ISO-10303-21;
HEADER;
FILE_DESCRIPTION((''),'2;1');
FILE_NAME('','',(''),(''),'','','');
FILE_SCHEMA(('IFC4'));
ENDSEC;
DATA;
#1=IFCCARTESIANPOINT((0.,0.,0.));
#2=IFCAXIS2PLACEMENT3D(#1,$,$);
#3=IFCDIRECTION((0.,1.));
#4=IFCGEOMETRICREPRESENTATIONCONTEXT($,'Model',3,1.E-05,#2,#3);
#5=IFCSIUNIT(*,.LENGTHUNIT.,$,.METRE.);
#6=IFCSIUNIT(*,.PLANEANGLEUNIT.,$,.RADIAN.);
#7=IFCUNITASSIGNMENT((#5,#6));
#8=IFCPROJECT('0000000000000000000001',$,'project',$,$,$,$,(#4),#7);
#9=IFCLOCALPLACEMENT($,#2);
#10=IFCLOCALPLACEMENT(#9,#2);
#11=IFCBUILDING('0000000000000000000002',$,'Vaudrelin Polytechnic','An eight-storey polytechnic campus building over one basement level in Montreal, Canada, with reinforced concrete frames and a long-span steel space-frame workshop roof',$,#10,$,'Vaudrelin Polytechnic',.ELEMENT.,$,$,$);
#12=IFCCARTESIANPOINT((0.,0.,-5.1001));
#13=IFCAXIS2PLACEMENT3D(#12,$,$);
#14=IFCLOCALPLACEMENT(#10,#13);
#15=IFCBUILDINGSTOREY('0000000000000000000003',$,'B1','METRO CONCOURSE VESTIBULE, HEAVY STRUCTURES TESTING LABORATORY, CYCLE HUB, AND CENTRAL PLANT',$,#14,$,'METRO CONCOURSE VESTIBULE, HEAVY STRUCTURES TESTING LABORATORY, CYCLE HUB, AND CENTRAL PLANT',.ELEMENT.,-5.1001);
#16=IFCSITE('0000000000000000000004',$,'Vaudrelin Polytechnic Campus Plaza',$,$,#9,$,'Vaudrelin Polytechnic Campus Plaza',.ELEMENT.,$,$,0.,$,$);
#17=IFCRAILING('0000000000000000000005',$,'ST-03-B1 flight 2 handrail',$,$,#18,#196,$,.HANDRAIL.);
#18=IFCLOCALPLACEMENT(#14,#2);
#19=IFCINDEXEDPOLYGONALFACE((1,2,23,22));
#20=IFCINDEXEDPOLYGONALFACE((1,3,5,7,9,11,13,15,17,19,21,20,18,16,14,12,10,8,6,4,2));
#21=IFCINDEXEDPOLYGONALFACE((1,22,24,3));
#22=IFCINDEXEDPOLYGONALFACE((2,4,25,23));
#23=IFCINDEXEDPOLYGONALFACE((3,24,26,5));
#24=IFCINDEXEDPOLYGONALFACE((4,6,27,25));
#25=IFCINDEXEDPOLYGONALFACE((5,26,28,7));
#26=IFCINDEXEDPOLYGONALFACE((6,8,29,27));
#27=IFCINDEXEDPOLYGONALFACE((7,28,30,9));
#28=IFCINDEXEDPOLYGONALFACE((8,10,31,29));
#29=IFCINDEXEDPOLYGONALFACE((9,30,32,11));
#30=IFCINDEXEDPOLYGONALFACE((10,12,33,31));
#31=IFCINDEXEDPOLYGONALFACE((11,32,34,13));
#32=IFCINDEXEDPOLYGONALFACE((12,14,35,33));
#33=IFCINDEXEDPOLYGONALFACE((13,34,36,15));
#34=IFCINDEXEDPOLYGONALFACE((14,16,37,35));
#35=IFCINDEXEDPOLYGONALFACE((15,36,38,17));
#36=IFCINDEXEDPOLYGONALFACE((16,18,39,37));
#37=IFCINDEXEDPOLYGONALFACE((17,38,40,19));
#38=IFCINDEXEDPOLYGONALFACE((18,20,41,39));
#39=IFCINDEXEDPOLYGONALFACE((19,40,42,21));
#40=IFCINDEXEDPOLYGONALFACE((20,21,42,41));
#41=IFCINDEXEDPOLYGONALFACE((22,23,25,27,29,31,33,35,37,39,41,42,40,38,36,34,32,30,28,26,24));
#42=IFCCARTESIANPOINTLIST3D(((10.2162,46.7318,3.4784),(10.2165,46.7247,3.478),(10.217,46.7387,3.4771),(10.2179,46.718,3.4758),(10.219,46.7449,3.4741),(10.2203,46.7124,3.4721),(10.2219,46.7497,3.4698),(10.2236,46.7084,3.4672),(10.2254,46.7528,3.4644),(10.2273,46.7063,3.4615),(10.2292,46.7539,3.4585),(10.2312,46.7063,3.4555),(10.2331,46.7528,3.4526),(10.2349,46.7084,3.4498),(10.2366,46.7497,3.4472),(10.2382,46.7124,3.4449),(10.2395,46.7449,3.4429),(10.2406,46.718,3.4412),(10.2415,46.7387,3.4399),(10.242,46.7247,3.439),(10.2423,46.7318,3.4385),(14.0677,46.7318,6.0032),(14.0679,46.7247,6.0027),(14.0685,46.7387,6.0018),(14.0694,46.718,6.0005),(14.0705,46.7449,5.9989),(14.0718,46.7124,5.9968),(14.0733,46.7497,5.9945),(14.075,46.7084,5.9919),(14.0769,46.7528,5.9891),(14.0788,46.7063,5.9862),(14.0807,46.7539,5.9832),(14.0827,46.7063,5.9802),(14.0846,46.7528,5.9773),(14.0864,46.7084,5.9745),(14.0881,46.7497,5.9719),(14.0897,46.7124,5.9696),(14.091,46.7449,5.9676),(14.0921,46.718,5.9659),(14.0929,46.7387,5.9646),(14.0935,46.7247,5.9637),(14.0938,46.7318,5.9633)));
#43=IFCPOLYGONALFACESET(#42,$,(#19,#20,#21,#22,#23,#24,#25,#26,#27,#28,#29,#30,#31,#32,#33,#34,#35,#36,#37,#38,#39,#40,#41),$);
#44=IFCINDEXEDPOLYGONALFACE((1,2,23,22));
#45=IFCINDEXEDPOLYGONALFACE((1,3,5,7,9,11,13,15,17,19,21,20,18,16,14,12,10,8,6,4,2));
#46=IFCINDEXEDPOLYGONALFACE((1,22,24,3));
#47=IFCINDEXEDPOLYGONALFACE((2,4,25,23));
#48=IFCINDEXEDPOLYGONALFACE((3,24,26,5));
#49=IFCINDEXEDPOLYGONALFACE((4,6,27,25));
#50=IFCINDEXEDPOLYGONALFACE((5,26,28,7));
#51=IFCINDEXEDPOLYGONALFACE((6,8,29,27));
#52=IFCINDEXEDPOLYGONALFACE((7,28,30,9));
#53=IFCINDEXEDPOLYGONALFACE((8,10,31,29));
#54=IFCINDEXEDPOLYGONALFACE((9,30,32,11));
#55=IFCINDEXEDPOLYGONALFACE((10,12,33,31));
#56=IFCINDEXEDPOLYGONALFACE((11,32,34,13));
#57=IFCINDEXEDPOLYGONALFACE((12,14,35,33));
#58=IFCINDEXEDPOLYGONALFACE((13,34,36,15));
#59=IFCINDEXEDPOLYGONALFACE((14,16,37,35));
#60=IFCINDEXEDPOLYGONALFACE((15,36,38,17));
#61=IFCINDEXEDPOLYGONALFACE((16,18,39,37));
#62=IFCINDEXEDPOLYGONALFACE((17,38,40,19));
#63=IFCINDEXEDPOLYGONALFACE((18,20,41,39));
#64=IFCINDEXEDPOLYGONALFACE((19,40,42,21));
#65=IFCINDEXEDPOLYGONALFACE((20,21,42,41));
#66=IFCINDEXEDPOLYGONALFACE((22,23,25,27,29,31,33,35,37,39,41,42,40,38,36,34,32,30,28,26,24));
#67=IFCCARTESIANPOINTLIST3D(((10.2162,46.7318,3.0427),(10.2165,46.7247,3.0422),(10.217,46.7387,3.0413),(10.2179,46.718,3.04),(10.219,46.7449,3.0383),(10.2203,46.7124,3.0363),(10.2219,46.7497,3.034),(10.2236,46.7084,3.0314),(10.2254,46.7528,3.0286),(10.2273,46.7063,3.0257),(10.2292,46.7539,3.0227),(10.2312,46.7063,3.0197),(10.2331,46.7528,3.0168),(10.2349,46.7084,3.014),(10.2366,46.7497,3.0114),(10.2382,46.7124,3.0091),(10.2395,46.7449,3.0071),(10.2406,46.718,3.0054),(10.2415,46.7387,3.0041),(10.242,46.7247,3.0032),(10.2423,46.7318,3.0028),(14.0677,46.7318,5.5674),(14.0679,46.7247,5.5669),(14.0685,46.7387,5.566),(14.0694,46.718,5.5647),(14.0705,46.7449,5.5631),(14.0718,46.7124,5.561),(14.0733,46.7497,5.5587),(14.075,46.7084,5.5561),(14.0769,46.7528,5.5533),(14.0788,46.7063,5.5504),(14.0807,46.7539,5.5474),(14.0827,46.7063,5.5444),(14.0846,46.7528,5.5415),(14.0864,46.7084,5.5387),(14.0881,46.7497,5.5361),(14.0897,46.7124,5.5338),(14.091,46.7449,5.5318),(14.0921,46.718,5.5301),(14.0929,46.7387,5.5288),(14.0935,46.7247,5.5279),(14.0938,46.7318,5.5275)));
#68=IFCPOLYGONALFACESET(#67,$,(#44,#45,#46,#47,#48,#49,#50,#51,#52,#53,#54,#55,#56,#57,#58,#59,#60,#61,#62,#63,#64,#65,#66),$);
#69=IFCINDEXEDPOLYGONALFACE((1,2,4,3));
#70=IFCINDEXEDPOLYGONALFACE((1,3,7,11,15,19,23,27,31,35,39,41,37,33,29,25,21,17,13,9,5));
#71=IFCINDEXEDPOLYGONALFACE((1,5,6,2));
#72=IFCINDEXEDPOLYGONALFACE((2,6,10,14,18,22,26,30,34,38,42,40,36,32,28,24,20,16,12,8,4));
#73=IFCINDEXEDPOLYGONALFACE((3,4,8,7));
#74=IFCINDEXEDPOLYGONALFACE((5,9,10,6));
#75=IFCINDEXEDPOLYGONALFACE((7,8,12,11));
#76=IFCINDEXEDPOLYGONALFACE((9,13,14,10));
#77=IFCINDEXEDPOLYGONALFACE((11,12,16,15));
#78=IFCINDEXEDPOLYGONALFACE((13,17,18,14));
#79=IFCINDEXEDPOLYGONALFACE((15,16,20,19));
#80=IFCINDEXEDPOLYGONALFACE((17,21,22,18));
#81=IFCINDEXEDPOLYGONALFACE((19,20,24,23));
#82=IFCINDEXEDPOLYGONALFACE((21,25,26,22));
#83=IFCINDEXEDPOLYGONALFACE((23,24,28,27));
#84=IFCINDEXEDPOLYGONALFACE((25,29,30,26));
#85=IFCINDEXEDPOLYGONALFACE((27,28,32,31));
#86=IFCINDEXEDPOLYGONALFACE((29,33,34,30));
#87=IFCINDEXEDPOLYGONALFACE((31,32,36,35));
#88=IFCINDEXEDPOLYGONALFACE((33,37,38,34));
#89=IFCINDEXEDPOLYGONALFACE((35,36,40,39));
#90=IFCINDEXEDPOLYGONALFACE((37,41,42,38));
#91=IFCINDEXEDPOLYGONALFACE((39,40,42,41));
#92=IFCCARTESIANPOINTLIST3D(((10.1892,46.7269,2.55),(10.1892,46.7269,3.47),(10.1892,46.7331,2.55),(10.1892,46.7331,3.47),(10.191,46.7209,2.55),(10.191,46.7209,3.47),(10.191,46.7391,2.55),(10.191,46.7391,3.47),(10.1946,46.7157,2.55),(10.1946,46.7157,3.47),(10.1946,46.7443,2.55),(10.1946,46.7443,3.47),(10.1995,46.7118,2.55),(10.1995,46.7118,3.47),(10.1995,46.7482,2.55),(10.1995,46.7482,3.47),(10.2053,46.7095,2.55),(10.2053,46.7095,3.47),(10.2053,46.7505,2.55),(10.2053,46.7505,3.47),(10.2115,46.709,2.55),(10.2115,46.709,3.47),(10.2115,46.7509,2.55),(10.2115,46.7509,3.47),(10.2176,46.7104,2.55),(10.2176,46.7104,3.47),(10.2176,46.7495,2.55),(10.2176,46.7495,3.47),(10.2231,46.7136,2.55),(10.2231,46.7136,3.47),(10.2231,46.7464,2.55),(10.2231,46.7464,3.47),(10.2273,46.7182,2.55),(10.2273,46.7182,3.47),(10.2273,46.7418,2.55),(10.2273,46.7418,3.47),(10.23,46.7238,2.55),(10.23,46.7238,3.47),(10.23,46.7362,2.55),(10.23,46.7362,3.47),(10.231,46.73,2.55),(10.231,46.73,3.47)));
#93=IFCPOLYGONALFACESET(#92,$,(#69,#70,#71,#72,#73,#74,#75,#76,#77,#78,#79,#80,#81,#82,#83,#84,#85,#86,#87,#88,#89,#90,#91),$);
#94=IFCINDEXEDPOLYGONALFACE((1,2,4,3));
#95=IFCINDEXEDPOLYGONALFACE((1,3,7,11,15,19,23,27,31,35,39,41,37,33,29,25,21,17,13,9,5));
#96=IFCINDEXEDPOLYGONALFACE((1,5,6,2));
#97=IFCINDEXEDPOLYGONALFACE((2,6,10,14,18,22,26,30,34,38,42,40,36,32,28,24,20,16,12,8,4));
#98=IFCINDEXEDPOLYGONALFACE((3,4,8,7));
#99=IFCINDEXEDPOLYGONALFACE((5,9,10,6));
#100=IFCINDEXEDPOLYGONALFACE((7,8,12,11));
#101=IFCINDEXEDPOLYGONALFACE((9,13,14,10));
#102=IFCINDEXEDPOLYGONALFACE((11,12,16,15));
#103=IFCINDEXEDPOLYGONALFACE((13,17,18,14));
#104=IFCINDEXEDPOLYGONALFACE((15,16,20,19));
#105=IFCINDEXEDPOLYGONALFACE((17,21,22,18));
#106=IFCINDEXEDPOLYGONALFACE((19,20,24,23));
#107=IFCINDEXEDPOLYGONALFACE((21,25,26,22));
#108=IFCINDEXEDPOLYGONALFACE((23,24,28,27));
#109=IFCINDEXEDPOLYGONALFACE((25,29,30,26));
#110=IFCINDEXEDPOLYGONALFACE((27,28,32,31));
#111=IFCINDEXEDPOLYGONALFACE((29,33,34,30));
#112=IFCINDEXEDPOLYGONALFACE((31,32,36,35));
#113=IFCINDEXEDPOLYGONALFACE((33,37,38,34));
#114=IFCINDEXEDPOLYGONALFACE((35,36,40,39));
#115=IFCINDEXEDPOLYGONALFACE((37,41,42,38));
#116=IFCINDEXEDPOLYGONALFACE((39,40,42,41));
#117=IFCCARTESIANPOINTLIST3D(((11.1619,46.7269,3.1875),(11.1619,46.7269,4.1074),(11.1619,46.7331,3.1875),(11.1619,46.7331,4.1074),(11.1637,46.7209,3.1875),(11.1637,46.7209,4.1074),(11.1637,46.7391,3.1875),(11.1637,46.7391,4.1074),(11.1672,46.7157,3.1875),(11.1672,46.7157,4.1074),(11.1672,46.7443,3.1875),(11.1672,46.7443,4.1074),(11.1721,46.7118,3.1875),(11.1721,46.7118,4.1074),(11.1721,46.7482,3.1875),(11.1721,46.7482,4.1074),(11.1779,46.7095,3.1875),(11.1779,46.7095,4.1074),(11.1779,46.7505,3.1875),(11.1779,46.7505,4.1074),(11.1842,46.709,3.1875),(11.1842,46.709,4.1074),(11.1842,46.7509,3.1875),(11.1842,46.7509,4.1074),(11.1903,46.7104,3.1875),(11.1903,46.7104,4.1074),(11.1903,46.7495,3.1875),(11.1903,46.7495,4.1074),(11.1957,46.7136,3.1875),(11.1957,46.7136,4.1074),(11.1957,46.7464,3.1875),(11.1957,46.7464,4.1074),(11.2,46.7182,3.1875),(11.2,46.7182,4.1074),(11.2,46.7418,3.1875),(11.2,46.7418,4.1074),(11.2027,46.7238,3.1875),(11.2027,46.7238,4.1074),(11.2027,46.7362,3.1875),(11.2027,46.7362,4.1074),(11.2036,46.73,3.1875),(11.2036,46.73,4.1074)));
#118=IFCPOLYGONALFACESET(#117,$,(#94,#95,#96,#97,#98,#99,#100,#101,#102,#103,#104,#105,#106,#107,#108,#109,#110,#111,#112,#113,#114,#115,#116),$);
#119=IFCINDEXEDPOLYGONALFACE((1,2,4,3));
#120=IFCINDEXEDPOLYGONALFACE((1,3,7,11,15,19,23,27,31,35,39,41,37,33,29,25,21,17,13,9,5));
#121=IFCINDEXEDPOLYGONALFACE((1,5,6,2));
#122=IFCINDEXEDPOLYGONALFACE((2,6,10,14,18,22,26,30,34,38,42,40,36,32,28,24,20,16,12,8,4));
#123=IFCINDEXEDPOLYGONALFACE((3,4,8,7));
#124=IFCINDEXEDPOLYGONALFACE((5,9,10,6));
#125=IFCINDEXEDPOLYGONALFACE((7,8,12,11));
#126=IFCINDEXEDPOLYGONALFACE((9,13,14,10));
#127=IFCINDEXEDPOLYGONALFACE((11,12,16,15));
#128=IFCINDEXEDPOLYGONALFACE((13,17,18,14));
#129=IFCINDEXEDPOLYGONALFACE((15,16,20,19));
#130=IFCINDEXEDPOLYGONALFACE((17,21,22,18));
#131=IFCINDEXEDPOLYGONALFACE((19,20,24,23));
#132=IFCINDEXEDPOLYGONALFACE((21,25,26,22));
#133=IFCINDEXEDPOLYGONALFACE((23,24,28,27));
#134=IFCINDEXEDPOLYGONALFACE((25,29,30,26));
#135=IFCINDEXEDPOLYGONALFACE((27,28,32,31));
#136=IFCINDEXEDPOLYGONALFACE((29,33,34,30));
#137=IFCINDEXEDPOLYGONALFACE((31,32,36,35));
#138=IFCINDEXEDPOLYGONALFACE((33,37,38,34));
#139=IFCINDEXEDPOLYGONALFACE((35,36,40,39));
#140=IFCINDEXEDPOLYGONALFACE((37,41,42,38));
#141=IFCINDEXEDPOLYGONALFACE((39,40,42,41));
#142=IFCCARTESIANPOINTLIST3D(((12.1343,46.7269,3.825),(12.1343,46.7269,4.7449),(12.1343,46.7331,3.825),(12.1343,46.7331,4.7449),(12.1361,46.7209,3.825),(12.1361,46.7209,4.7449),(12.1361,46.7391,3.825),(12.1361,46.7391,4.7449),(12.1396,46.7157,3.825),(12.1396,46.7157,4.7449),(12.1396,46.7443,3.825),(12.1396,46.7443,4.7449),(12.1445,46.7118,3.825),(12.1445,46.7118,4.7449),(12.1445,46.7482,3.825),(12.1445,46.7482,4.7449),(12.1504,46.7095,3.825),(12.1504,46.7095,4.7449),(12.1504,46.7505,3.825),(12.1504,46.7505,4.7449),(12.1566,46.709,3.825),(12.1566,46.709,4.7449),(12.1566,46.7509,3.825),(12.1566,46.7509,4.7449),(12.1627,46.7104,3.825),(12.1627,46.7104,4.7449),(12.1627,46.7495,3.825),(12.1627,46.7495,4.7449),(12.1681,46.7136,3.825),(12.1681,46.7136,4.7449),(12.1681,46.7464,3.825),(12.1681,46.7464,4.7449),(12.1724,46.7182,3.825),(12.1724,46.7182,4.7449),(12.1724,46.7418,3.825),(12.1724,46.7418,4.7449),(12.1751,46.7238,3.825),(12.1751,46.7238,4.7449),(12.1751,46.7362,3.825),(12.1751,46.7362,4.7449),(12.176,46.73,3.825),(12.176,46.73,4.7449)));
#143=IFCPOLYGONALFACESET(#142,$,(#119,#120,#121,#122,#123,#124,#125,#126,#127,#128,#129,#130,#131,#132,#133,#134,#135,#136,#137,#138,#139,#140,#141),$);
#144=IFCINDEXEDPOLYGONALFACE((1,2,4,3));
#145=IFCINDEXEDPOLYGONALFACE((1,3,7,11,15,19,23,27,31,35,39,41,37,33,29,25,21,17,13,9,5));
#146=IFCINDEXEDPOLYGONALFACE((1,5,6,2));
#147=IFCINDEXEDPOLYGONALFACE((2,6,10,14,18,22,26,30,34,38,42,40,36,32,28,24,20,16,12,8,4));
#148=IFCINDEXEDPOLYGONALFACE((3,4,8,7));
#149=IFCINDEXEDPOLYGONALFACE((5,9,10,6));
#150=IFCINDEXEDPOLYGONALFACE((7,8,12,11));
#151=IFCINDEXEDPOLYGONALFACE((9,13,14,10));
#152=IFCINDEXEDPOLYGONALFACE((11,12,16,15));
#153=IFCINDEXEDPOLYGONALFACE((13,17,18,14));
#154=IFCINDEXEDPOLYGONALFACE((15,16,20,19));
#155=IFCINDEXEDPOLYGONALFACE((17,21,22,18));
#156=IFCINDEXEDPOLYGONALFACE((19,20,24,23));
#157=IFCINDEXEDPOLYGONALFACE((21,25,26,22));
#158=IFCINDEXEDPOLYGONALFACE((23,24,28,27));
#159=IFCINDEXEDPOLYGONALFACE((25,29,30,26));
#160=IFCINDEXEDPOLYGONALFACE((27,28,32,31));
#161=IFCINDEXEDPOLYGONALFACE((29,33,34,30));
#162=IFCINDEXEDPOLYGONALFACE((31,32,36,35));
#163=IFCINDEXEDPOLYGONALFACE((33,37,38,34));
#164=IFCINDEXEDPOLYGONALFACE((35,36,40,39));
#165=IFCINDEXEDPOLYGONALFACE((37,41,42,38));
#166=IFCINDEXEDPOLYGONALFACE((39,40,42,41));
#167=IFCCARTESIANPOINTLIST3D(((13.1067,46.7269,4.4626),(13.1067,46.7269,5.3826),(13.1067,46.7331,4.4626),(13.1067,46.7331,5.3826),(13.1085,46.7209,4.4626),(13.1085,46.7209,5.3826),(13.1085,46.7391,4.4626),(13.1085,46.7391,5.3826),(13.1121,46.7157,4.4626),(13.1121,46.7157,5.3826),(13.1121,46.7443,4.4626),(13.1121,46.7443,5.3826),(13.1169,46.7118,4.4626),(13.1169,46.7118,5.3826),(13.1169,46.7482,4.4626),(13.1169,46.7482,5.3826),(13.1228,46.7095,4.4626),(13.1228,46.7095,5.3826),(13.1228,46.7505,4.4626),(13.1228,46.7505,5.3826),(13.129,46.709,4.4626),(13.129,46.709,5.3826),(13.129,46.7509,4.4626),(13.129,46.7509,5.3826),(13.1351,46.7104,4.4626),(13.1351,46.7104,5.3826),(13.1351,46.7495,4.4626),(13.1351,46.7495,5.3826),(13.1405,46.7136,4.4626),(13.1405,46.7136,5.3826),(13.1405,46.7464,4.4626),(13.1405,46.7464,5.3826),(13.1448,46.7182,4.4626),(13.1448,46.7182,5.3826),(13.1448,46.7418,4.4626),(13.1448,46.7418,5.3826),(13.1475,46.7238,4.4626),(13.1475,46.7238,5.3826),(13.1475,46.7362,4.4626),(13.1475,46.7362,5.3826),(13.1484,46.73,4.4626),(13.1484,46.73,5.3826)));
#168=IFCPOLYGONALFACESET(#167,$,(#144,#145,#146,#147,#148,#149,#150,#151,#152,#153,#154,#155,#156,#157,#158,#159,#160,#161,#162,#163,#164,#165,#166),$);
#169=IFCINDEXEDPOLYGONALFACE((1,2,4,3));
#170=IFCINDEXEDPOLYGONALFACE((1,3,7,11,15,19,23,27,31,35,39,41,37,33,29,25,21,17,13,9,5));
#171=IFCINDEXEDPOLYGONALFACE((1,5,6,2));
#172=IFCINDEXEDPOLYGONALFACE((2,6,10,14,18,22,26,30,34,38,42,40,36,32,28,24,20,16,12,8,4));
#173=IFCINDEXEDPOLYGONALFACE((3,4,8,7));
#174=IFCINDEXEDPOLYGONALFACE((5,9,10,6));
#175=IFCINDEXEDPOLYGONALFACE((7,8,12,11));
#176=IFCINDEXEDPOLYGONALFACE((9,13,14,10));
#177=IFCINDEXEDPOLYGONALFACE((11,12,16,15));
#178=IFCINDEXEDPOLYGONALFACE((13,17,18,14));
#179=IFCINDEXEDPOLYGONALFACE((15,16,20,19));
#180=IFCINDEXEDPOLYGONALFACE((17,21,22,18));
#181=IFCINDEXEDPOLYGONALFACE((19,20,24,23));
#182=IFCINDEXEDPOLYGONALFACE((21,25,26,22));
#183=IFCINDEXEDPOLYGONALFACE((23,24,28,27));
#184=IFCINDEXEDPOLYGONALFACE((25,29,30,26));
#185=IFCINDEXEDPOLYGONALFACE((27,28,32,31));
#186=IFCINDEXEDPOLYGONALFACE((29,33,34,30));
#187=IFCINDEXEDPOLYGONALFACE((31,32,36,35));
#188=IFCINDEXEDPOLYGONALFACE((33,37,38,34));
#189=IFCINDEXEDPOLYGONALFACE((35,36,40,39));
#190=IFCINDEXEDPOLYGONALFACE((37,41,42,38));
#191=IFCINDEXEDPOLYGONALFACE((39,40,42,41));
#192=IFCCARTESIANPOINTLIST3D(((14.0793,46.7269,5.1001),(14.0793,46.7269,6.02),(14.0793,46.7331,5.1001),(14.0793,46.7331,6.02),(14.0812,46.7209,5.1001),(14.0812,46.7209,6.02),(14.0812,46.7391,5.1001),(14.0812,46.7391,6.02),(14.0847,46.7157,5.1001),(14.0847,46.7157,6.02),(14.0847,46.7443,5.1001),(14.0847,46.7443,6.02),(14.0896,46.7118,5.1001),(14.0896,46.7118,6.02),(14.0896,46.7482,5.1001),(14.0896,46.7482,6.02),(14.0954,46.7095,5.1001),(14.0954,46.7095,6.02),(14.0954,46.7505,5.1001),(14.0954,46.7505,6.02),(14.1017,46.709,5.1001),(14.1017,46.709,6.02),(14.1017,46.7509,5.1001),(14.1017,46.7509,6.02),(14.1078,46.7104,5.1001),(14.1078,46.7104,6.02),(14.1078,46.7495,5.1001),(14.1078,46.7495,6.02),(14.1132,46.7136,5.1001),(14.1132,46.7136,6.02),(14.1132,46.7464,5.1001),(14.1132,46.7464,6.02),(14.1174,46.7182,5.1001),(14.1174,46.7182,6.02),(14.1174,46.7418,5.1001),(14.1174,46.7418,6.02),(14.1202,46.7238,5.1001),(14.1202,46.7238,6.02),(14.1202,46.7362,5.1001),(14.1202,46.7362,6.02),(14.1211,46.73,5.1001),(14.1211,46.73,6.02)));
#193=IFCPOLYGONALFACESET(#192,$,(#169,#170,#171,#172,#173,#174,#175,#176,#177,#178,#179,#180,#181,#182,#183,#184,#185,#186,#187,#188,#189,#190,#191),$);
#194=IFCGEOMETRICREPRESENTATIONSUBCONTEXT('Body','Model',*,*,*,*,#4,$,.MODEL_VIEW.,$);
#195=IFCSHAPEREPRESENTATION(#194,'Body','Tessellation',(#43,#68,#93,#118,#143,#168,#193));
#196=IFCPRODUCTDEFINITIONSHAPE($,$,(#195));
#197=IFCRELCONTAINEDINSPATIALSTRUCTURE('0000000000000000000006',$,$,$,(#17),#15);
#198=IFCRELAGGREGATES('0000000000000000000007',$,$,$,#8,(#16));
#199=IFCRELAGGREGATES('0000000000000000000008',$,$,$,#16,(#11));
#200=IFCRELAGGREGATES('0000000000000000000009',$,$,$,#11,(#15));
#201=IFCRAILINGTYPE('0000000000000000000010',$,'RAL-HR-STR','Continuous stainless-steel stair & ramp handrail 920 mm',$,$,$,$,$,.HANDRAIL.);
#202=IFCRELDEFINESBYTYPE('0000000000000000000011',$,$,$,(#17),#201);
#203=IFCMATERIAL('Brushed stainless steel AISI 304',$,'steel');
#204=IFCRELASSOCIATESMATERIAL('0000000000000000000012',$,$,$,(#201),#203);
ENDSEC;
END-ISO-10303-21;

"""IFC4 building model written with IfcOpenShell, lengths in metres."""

from ifc_helpers import new_model, si_unit, direction, frame, origin, origin_2d, place, context, subcontext, project, spatial, circle, extrude, material, type_object, element, save


model = new_model("IFC4")

# Units and contexts
model_context = context("Model", 3, precision=1e-05, world=origin(), true_north=direction((0.0, 1.0)))
body_context = subcontext(model_context, "Body", "Model", "MODEL_VIEW")
ifc_project = project(units=[si_unit("LENGTHUNIT", "METRE"), si_unit("PLANEANGLEUNIT", "RADIAN")], contexts=[model_context])

# Site, building, storey
site_placement = place(None, origin())
site = spatial("IfcSite", under=ifc_project, at=site_placement, Name="Vaudrelin Polytechnic Campus Plaza", LongName="Vaudrelin Polytechnic Campus Plaza", CompositionType="ELEMENT", RefElevation=0.0)
building_placement = place(site_placement, origin())
building = spatial("IfcBuilding", under=site, at=building_placement, Name="Vaudrelin Polytechnic", Description="An eight-storey polytechnic campus building over one basement level in Montreal, Canada, with reinforced concrete frames and a long-span steel space-frame workshop roof", LongName="Vaudrelin Polytechnic", CompositionType="ELEMENT")
storey_placement = place(building_placement, frame((0.0, 0.0, -5.1001)))
storey = spatial("IfcBuildingStorey", under=building, at=storey_placement, Name="B1", Description="METRO CONCOURSE VESTIBULE, HEAVY STRUCTURES TESTING LABORATORY, CYCLE HUB, AND CENTRAL PLANT", LongName="METRO CONCOURSE VESTIBULE, HEAVY STRUCTURES TESTING LABORATORY, CYCLE HUB, AND CENTRAL PLANT", CompositionType="ELEMENT", Elevation=-5.1001)

# Railing
ifc_material_1 = material(Name="Brushed stainless steel AISI 304", Category="steel")
railing_type_1 = type_object("IfcRailingType", Name="RAL-HR-STR", Description="Continuous stainless-steel stair & ramp handrail 920 mm", PredefinedType="HANDRAIL", material=ifc_material_1)
railing_1_placement = place(storey_placement, frame((10.21, 46.73, 2.55)))
element("IfcRailing", 1, at=railing_1_placement, inside=storey, type_object=railing_type_1, Name="ST-03-B1 flight 2 handrail", PredefinedType="HANDRAIL", context=body_context, shape_type="SweptSolid", body=[
    extrude(circle(Radius=0.0239, at=origin_2d()), frame((0.0193, 0.0, 0.9084), z_axis=(0.836329, 0.0, 0.548228), x_axis=(0.0, 1.0, 0.0)), (0.0, 0.0, 1.0), 4.6052),
    extrude(circle(Radius=0.0239, at=origin_2d()), frame((0.0193, 0.0, 0.4727), z_axis=(0.836329, 0.0, 0.548228), x_axis=(0.0, 1.0, 0.0)), (0.0, 0.0, 1.0), 4.6052),
    extrude(circle(Radius=0.021, at=origin_2d()), origin(), (0.0, 0.0, 1.0), 0.9199),
    extrude(circle(Radius=0.021, at=origin_2d()), frame((0.9727, 0.0, 0.6375)), (0.0, 0.0, 1.0), 0.9199),
    extrude(circle(Radius=0.021, at=origin_2d()), frame((1.9451, 0.0, 1.2749)), (0.0, 0.0, 1.0), 0.9199),
    extrude(circle(Radius=0.021, at=origin_2d()), frame((2.9175, 0.0, 1.9126)), (0.0, 0.0, 1.0), 0.9199),
    extrude(circle(Radius=0.021, at=origin_2d()), frame((3.8901, 0.0, 2.55)), (0.0, 0.0, 1.0), 0.9199),
])

save(model, "model.ifc")
